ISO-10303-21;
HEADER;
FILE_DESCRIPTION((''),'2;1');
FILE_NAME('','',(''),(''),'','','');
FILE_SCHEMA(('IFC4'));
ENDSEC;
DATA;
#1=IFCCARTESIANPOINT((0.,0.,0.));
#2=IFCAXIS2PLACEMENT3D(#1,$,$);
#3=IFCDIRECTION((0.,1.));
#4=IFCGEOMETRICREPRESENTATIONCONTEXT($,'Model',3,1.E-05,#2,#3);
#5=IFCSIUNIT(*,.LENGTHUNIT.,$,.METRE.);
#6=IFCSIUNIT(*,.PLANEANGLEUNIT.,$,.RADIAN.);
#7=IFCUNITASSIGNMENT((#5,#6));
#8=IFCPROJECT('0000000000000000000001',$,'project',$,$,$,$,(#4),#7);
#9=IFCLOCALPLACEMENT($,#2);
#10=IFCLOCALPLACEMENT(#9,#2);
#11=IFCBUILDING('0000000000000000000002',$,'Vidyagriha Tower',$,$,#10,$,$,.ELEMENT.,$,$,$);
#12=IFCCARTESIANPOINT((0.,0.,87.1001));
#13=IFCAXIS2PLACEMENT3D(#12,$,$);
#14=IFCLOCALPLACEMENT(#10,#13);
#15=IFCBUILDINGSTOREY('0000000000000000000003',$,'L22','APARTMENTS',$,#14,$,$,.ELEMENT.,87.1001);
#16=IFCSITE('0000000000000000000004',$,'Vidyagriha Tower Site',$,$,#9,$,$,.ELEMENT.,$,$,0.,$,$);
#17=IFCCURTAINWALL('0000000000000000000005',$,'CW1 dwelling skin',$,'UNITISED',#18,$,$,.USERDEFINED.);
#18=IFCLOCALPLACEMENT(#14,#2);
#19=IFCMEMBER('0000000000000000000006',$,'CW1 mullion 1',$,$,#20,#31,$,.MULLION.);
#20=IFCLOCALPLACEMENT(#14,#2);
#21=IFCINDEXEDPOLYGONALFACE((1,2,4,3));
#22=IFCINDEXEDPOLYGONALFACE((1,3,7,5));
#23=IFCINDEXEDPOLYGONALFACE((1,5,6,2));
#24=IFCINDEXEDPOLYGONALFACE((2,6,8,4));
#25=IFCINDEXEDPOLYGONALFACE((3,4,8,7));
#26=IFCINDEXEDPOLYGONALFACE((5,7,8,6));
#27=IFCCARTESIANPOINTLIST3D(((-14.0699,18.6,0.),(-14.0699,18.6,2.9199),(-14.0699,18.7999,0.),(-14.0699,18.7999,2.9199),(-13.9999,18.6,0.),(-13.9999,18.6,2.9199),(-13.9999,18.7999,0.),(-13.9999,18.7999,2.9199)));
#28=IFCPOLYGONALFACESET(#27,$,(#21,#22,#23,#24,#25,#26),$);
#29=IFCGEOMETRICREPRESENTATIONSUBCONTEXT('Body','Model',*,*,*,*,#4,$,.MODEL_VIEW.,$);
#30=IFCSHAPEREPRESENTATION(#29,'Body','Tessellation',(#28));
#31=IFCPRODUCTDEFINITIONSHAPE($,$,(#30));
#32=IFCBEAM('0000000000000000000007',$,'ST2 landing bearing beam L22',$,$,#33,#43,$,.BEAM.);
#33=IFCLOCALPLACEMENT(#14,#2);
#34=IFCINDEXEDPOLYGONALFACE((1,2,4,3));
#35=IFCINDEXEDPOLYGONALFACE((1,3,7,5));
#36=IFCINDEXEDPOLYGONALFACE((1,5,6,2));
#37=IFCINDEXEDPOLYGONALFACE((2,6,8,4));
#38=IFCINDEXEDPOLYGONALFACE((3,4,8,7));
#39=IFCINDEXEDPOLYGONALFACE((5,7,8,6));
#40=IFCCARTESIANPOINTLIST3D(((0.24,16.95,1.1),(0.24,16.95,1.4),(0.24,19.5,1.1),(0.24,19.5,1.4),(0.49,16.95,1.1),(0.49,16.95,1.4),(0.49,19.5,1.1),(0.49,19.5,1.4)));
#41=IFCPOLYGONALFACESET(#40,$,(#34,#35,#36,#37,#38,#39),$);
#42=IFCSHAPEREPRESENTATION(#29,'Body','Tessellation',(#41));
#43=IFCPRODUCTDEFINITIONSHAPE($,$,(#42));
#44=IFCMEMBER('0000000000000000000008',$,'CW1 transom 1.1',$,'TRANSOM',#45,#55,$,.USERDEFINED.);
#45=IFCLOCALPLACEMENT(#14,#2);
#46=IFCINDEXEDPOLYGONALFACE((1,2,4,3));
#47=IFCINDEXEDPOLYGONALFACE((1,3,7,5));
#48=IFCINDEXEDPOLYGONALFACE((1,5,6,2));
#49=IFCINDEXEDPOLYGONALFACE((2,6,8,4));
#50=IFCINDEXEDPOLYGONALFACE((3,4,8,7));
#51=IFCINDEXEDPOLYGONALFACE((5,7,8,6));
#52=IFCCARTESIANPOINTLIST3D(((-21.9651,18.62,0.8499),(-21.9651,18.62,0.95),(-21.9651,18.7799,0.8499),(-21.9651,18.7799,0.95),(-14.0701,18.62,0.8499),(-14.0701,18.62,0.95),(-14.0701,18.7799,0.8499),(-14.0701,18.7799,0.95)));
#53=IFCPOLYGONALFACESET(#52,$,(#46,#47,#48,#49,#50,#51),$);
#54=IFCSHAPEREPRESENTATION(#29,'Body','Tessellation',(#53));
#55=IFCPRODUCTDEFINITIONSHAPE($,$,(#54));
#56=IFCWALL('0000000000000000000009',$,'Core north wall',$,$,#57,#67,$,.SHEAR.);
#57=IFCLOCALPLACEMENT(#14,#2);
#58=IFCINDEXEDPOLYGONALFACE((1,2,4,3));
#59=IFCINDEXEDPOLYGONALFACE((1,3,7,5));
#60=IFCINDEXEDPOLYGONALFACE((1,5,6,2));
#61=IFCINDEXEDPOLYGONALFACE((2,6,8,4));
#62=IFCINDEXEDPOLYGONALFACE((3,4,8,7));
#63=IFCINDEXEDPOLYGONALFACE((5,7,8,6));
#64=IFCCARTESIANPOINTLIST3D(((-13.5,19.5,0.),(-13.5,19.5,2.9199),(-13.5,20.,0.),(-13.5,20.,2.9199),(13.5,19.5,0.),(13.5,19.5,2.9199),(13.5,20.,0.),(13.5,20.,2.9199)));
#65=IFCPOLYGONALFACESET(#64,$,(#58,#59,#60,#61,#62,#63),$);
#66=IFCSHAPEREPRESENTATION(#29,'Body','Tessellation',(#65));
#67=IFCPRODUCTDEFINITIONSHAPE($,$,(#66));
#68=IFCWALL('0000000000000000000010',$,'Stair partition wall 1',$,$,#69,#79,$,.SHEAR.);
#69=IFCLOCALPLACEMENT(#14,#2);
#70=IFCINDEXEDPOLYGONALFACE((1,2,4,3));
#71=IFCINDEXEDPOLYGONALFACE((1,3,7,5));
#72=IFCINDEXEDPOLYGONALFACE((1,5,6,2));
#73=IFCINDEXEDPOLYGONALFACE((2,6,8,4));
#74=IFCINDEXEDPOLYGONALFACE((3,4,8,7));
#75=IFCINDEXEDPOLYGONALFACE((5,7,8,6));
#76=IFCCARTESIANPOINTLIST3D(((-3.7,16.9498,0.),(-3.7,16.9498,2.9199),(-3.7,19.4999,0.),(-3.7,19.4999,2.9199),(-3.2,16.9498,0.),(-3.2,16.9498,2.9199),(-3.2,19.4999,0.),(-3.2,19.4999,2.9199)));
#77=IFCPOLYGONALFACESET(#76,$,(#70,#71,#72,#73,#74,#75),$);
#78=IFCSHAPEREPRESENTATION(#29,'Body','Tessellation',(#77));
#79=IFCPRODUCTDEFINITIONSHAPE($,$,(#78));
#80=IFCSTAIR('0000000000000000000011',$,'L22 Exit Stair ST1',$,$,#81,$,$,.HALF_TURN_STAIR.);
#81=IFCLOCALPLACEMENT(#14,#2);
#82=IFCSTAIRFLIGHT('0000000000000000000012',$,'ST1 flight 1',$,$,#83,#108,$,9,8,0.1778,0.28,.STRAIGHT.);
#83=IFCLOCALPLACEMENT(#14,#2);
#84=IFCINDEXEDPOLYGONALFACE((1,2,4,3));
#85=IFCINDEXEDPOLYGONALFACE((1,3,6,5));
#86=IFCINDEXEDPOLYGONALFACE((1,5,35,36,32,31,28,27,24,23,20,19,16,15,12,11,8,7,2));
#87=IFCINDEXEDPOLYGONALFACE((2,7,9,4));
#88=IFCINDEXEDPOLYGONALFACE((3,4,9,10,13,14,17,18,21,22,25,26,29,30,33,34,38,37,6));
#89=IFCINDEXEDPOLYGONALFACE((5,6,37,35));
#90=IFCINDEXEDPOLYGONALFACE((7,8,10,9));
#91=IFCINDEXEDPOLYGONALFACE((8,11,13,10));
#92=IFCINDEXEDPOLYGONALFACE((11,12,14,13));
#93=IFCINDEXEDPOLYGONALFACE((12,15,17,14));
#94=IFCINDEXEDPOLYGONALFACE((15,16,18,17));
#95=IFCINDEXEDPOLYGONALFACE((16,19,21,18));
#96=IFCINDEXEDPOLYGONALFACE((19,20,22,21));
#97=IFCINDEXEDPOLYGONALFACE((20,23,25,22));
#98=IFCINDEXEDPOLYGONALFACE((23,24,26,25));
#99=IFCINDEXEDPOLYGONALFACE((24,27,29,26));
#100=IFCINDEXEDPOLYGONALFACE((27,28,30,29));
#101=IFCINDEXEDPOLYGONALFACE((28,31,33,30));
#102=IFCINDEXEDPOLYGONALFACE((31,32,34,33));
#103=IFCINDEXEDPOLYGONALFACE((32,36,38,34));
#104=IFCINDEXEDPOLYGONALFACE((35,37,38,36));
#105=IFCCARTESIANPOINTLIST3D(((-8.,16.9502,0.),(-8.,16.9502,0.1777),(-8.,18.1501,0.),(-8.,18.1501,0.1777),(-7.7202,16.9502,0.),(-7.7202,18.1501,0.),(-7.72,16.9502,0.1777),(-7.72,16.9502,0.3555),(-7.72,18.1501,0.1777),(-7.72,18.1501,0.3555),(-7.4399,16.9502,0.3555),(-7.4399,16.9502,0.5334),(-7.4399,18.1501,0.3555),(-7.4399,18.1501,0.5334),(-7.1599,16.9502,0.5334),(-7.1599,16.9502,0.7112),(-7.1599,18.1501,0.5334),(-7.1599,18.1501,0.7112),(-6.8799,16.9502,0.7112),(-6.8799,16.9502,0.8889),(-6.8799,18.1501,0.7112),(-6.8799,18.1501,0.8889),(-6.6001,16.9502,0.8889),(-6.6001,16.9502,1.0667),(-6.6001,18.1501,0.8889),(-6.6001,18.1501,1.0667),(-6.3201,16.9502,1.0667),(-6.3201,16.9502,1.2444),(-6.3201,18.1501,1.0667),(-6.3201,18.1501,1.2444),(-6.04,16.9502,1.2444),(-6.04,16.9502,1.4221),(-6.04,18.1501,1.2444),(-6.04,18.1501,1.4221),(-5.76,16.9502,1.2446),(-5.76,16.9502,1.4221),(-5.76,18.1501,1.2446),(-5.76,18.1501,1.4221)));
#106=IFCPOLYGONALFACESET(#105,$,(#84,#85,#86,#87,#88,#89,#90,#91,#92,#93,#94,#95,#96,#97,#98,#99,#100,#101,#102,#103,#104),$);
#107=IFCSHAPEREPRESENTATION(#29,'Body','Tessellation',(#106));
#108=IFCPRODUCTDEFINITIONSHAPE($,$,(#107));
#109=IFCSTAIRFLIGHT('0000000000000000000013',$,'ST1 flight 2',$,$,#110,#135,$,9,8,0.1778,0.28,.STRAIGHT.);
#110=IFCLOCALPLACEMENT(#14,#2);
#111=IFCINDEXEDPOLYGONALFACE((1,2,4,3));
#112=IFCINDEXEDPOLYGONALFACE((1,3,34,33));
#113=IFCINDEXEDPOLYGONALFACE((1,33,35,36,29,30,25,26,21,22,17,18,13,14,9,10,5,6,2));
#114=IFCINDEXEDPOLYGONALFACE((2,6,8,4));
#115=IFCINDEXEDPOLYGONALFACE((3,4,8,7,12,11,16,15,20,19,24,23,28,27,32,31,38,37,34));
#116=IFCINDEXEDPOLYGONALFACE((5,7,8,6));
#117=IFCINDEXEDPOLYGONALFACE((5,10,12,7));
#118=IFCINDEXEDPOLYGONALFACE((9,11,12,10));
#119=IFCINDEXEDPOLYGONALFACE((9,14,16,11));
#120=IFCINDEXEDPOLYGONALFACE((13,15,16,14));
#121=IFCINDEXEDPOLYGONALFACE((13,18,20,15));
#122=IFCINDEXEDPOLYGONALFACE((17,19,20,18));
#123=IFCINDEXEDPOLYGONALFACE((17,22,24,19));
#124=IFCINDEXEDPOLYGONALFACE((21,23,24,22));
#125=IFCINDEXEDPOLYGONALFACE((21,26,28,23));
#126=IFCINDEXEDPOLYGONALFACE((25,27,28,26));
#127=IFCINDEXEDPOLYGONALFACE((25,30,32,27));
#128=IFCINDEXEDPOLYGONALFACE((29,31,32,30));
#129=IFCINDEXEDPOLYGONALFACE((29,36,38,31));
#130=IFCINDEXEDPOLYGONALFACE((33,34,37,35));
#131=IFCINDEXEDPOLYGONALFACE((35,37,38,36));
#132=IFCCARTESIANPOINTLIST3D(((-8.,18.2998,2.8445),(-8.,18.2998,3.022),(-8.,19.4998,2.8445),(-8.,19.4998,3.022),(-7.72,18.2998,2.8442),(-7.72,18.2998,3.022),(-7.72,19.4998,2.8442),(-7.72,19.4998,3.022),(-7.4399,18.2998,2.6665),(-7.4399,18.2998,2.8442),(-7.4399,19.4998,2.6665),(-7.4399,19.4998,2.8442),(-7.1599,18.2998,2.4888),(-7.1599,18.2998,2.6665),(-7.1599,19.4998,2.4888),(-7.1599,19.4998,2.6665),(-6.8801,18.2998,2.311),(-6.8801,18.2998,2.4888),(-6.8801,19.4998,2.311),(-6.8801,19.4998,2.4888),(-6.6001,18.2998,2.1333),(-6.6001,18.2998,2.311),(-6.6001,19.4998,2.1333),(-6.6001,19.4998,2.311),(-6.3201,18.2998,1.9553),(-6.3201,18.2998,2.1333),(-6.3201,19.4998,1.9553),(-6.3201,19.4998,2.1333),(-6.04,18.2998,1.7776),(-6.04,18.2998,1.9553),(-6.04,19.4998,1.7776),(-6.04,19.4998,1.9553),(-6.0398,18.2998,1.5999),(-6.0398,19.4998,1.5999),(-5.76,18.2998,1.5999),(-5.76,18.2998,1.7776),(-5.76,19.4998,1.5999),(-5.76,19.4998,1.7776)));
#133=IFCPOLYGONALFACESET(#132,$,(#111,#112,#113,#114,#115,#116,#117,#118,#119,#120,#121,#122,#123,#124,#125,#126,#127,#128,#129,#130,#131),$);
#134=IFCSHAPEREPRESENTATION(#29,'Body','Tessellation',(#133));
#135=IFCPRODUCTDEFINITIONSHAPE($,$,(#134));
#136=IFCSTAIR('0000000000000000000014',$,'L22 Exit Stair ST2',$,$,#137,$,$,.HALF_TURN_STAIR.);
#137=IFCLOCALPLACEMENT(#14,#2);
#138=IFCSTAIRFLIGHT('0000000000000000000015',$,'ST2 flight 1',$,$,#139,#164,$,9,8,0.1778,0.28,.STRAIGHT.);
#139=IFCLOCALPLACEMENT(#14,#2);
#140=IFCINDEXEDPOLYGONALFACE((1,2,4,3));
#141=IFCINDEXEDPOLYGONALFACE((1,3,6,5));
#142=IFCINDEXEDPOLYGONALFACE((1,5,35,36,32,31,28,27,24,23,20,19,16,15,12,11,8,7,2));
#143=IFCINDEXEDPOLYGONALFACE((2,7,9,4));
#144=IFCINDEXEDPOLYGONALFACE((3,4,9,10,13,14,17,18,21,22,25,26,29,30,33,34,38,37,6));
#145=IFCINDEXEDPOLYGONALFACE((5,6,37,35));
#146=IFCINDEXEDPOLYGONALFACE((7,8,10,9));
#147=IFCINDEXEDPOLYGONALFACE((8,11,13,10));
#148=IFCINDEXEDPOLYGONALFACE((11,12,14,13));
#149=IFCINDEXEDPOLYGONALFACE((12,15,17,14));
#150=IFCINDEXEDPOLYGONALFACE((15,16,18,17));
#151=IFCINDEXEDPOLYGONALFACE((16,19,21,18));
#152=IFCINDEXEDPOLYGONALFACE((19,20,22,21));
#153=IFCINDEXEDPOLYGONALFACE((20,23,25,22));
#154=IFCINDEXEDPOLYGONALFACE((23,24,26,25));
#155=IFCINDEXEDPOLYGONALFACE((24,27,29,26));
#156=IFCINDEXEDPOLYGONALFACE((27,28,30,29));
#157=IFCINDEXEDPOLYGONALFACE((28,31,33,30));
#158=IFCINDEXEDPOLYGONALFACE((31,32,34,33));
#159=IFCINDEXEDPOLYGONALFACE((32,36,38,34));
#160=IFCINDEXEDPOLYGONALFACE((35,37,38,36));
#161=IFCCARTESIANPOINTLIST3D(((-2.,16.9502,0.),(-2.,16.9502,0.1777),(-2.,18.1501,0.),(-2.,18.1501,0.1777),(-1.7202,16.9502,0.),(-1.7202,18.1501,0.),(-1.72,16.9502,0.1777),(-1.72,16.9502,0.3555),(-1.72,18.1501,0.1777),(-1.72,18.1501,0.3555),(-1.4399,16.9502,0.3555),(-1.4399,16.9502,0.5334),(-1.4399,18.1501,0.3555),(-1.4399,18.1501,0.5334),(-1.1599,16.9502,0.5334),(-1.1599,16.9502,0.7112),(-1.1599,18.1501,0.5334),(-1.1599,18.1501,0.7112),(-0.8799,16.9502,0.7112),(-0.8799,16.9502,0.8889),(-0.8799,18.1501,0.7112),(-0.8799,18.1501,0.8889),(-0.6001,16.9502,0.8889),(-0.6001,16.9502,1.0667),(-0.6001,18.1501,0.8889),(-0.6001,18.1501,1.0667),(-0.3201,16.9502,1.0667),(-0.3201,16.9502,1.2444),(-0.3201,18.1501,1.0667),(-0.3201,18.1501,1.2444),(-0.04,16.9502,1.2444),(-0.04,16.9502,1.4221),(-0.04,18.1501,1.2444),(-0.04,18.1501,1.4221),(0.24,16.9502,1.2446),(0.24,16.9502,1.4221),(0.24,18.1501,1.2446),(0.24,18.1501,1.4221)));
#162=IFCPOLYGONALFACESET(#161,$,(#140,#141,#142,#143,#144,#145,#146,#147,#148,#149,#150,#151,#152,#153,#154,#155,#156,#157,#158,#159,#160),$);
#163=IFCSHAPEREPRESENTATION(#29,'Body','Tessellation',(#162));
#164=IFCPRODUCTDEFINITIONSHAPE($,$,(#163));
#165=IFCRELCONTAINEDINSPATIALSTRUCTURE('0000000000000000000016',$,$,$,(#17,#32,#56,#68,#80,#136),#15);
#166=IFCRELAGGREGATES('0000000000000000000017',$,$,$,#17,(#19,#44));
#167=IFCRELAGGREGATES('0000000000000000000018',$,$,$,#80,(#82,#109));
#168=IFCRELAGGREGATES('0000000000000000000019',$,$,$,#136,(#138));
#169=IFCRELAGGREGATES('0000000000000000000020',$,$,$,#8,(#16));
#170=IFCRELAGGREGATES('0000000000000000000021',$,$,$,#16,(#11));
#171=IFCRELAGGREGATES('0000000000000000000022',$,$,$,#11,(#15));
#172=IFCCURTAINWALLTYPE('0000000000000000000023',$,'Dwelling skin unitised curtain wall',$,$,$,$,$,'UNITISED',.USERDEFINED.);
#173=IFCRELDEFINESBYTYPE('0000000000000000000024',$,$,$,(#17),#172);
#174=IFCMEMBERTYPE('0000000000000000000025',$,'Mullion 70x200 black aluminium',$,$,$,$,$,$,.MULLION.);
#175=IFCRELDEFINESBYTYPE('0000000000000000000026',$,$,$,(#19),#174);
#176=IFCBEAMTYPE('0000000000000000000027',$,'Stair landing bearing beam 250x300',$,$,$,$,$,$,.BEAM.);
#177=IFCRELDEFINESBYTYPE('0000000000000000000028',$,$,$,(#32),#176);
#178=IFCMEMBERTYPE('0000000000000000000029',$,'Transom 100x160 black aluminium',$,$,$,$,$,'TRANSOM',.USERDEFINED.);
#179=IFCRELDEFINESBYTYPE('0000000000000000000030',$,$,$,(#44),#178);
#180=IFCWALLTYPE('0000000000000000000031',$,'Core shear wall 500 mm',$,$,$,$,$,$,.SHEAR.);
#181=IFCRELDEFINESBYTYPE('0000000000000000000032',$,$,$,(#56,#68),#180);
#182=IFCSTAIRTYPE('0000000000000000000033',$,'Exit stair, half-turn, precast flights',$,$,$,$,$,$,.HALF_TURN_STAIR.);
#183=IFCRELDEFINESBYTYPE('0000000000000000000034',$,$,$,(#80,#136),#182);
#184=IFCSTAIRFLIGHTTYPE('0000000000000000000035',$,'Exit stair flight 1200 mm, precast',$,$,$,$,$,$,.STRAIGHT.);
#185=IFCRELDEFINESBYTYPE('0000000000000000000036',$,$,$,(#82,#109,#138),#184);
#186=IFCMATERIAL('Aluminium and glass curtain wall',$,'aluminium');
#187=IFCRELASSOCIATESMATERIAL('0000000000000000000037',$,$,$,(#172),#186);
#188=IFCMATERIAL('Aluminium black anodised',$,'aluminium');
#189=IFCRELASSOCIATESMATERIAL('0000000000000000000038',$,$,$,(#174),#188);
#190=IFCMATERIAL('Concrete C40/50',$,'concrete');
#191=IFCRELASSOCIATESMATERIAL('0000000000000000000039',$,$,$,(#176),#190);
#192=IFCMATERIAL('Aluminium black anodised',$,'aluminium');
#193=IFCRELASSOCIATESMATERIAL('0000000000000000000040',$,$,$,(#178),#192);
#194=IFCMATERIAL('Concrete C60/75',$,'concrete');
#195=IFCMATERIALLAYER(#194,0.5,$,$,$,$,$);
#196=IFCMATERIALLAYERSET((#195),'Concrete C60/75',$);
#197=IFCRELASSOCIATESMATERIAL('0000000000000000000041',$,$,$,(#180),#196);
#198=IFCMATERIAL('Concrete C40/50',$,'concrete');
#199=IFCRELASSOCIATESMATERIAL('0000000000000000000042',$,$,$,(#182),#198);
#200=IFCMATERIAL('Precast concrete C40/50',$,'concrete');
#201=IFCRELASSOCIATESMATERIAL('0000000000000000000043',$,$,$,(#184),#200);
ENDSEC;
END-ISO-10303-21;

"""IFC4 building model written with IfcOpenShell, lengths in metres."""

from ifc_helpers import new_model, si_unit, direction, frame, frame_2d, origin, origin_2d, place, context, subcontext, project, spatial, polyline, rectangle, outline, extrude, material, layer, layer_set, material_profile, profile_set, type_object, element, aggregate, save


model = new_model("IFC4")

# Units and contexts
model_context = context("Model", 3, precision=1e-05, world=origin(), true_north=direction((0.0, 1.0)))
body_context = subcontext(model_context, "Body", "Model", "MODEL_VIEW")
ifc_project = project(units=[si_unit("LENGTHUNIT", "METRE"), si_unit("PLANEANGLEUNIT", "RADIAN")], contexts=[model_context])

# Site, building, storey
site_placement = place(None, origin())
site = spatial("IfcSite", under=ifc_project, at=site_placement, Name="Vidyagriha Tower Site", CompositionType="ELEMENT", RefElevation=0.0)
building_placement = place(site_placement, origin())
building = spatial("IfcBuilding", under=site, at=building_placement, Name="Vidyagriha Tower", CompositionType="ELEMENT")
storey_placement = place(building_placement, frame((0.0, 0.0, 87.1001)))
storey = spatial("IfcBuildingStorey", under=building, at=storey_placement, Name="L22", Description="APARTMENTS", CompositionType="ELEMENT", Elevation=87.1001)

# Curtain wall, member
ifc_material_1 = material(Name="Aluminium and glass curtain wall", Category="aluminium")
curtain_wall_type = type_object("IfcCurtainWallType", Name="Dwelling skin unitised curtain wall", ElementType="UNITISED", PredefinedType="USERDEFINED", material=ifc_material_1)
curtain_wall_placement = place(storey_placement, origin())
curtain_wall = element("IfcCurtainWall", 1, at=curtain_wall_placement, inside=storey, type_object=curtain_wall_type, Name="CW1 dwelling skin", ObjectType="UNITISED", PredefinedType="USERDEFINED")
ifc_material_2 = material(Name="Aluminium black anodised", Category="aluminium")
ifc_material_profile_1 = material_profile(ifc_material_2, rectangle(XDim=0.2, YDim=0.0701, at=origin_2d()), Name="Mullion 70x200 black aluminium")
ifc_profile_set_1 = profile_set([ifc_material_profile_1], Name="Aluminium black anodised")
member_type_1 = type_object("IfcMemberType", Name="Mullion 70x200 black aluminium", PredefinedType="MULLION", material=ifc_profile_set_1)
member_1_placement = place(storey_placement, frame((-14.0349, 18.7, 0.0), z_axis=(0.0, 0.0, 1.0), x_axis=(0.0, -1.0, 0.0)))
member_1 = element("IfcMember", 2, at=member_1_placement, type_object=member_type_1, Name="CW1 mullion 1", PredefinedType="MULLION", context=body_context, shape_type="SweptSolid", body=[
    extrude(rectangle(XDim=0.2, YDim=0.0701, at=origin_2d()), origin(), (0.0, 0.0, 1.0), 2.9199),
])

# Beam
ifc_material_3 = material(Name="Concrete C40/50", Category="concrete")
ifc_material_profile_2 = material_profile(ifc_material_3, rectangle(XDim=0.25, YDim=0.3, at=origin_2d()), Name="Stair landing bearing beam 250x300")
ifc_profile_set_2 = profile_set([ifc_material_profile_2], Name="Concrete C40/50")
beam_type = type_object("IfcBeamType", Name="Stair landing bearing beam 250x300", PredefinedType="BEAM", material=ifc_profile_set_2)
beam_placement = place(storey_placement, frame((0.365, 16.95, 1.25), z_axis=(0.0, 1.0, 0.0), x_axis=(-1.0, 0.0, 0.0)))
element("IfcBeam", 3, at=beam_placement, inside=storey, type_object=beam_type, Name="ST2 landing bearing beam L22", PredefinedType="BEAM", context=body_context, shape_type="SweptSolid", body=[
    extrude(rectangle(XDim=0.25, YDim=0.3, at=origin_2d()), origin(), (0.0, 0.0, 1.0), 2.55),
])

# Member
ifc_material_4 = material(Name="Aluminium black anodised", Category="aluminium")
ifc_material_profile_3 = material_profile(ifc_material_4, rectangle(XDim=0.1599, YDim=0.1001, at=origin_2d()), Name="Transom 100x160 black aluminium")
ifc_profile_set_3 = profile_set([ifc_material_profile_3], Name="Aluminium black anodised")
member_type_2 = type_object("IfcMemberType", Name="Transom 100x160 black aluminium", ElementType="TRANSOM", PredefinedType="USERDEFINED", material=ifc_profile_set_3)
member_2_placement = place(storey_placement, frame((-14.0701, 18.7, 0.8999), z_axis=(-1.0, 0.0, 0.0), x_axis=(0.0, -1.0, 0.0)))
member_2 = element("IfcMember", 4, at=member_2_placement, type_object=member_type_2, Name="CW1 transom 1.1", ObjectType="TRANSOM", PredefinedType="USERDEFINED", context=body_context, shape_type="SweptSolid", body=[
    extrude(rectangle(XDim=0.1599, YDim=0.1001, at=origin_2d()), origin(), (0.0, 0.0, 1.0), 7.895),
])
aggregate(curtain_wall, [member_1, member_2])

# Walls
ifc_material_5 = material(Name="Concrete C60/75", Category="concrete")
ifc_layer_1 = layer(ifc_material_5, 0.5)
ifc_layer_set_1 = layer_set([ifc_layer_1], Name="Concrete C60/75")
wall_type = type_object("IfcWallType", Name="Core shear wall 500 mm", PredefinedType="SHEAR", material=ifc_layer_set_1)
wall_1_placement = place(storey_placement, frame((-13.5, 19.75, 0.0)))
element("IfcWall", 5, at=wall_1_placement, inside=storey, type_object=wall_type, Name="Core north wall", PredefinedType="SHEAR", context=body_context, shape_type="SweptSolid", body=[
    extrude(rectangle(XDim=27.0, YDim=0.5, at=frame_2d((13.5, 0.0))), origin(), (0.0, 0.0, 1.0), 2.9199),
])
wall_2_placement = place(storey_placement, frame((-3.45, 16.95, 0.0), z_axis=(0.0, 0.0, 1.0), x_axis=(0.0, 1.0, 0.0)))
element("IfcWall", 6, at=wall_2_placement, inside=storey, type_object=wall_type, Name="Stair partition wall 1", PredefinedType="SHEAR", context=body_context, shape_type="SweptSolid", body=[
    extrude(rectangle(XDim=2.55, YDim=0.5, at=frame_2d((1.2749, 0.0))), origin(), (0.0, 0.0, 1.0), 2.9199),
])

# Stairs, stair flights
ifc_material_6 = material(Name="Concrete C40/50", Category="concrete")
stair_type = type_object("IfcStairType", Name="Exit stair, half-turn, precast flights", PredefinedType="HALF_TURN_STAIR", material=ifc_material_6)
stair_1_placement = place(storey_placement, origin())
stair_1 = element("IfcStair", 7, at=stair_1_placement, inside=storey, type_object=stair_type, Name="L22 Exit Stair ST1", PredefinedType="HALF_TURN_STAIR")
ifc_material_7 = material(Name="Precast concrete C40/50", Category="concrete")
stair_flight_type = type_object("IfcStairFlightType", Name="Exit stair flight 1200 mm, precast", PredefinedType="STRAIGHT", material=ifc_material_7)
stair_flight_1_placement = place(storey_placement, frame((-8.0, 17.55, 0.0)))
stair_flight_1 = element("IfcStairFlight", 8, at=stair_flight_1_placement, type_object=stair_flight_type, Name="ST1 flight 1", NumberOfRisers=9, NumberOfTreads=8, PredefinedType="STRAIGHT", RiserHeight=0.1778, TreadLength=0.28, context=body_context, shape_type="SweptSolid", body=[
    extrude(outline(polyline([(0.0, 0.0), (0.0, 0.1777), (0.28, 0.1777), (0.28, 0.3555), (0.5601, 0.3555), (0.5601, 0.5334), (0.8401, 0.5334), (0.8401, 0.7112), (1.1201, 0.7112), (1.1201, 0.8889), (1.3999, 0.8889), (1.3999, 1.0667), (1.6799, 1.0667), (1.6799, 1.2444), (1.96, 1.2444), (1.96, 1.4221), (2.24, 1.4221), (2.24, 1.6001), (2.24, 1.2446), (0.2798, 0.0), (0.0, 0.0)])), frame((0.0, 0.6001, 0.0), z_axis=(0.0, -1.0, 0.0), x_axis=(1.0, 0.0, 0.0)), (0.0, 0.0, 1.0), 1.2),
])
stair_flight_2_placement = place(storey_placement, frame((-5.76, 18.8999, 1.5999), z_axis=(0.0, 0.0, 1.0), x_axis=(-1.0, 0.0, 0.0)))
stair_flight_2 = element("IfcStairFlight", 9, at=stair_flight_2_placement, type_object=stair_flight_type, Name="ST1 flight 2", NumberOfRisers=9, NumberOfTreads=8, PredefinedType="STRAIGHT", RiserHeight=0.1778, TreadLength=0.28, context=body_context, shape_type="SweptSolid", body=[
    extrude(outline(polyline([(0.0, 0.0), (0.0, 0.1777), (0.28, 0.1777), (0.28, 0.3555), (0.5601, 0.3555), (0.5601, 0.5334), (0.8401, 0.5334), (0.8401, 0.7112), (1.1201, 0.7112), (1.1201, 0.8889), (1.3999, 0.8889), (1.3999, 1.0667), (1.6799, 1.0667), (1.6799, 1.2444), (1.96, 1.2444), (1.96, 1.4221), (2.24, 1.4221), (2.24, 1.6001), (2.24, 1.2446), (0.2798, 0.0), (0.0, 0.0)])), frame((0.0, 0.6001, 0.0), z_axis=(0.0, -1.0, 0.0), x_axis=(1.0, 0.0, 0.0)), (0.0, 0.0, 1.0), 1.2),
])
aggregate(stair_1, [stair_flight_1, stair_flight_2])
stair_2_placement = place(storey_placement, origin())
stair_2 = element("IfcStair", 10, at=stair_2_placement, inside=storey, type_object=stair_type, Name="L22 Exit Stair ST2", PredefinedType="HALF_TURN_STAIR")
stair_flight_3_placement = place(storey_placement, frame((-2.0, 17.55, 0.0)))
stair_flight_3 = element("IfcStairFlight", 11, at=stair_flight_3_placement, type_object=stair_flight_type, Name="ST2 flight 1", NumberOfRisers=9, NumberOfTreads=8, PredefinedType="STRAIGHT", RiserHeight=0.1778, TreadLength=0.28, context=body_context, shape_type="SweptSolid", body=[
    extrude(outline(polyline([(0.0, 0.0), (0.0, 0.1777), (0.28, 0.1777), (0.28, 0.3555), (0.5601, 0.3555), (0.5601, 0.5334), (0.8401, 0.5334), (0.8401, 0.7112), (1.1201, 0.7112), (1.1201, 0.8889), (1.3999, 0.8889), (1.3999, 1.0667), (1.6799, 1.0667), (1.6799, 1.2444), (1.96, 1.2444), (1.96, 1.4221), (2.24, 1.4221), (2.24, 1.6001), (2.24, 1.2446), (0.2798, 0.0), (0.0, 0.0)])), frame((0.0, 0.6001, 0.0), z_axis=(0.0, -1.0, 0.0), x_axis=(1.0, 0.0, 0.0)), (0.0, 0.0, 1.0), 1.2),
])
aggregate(stair_2, [stair_flight_3])

save(model, "model.ifc")
